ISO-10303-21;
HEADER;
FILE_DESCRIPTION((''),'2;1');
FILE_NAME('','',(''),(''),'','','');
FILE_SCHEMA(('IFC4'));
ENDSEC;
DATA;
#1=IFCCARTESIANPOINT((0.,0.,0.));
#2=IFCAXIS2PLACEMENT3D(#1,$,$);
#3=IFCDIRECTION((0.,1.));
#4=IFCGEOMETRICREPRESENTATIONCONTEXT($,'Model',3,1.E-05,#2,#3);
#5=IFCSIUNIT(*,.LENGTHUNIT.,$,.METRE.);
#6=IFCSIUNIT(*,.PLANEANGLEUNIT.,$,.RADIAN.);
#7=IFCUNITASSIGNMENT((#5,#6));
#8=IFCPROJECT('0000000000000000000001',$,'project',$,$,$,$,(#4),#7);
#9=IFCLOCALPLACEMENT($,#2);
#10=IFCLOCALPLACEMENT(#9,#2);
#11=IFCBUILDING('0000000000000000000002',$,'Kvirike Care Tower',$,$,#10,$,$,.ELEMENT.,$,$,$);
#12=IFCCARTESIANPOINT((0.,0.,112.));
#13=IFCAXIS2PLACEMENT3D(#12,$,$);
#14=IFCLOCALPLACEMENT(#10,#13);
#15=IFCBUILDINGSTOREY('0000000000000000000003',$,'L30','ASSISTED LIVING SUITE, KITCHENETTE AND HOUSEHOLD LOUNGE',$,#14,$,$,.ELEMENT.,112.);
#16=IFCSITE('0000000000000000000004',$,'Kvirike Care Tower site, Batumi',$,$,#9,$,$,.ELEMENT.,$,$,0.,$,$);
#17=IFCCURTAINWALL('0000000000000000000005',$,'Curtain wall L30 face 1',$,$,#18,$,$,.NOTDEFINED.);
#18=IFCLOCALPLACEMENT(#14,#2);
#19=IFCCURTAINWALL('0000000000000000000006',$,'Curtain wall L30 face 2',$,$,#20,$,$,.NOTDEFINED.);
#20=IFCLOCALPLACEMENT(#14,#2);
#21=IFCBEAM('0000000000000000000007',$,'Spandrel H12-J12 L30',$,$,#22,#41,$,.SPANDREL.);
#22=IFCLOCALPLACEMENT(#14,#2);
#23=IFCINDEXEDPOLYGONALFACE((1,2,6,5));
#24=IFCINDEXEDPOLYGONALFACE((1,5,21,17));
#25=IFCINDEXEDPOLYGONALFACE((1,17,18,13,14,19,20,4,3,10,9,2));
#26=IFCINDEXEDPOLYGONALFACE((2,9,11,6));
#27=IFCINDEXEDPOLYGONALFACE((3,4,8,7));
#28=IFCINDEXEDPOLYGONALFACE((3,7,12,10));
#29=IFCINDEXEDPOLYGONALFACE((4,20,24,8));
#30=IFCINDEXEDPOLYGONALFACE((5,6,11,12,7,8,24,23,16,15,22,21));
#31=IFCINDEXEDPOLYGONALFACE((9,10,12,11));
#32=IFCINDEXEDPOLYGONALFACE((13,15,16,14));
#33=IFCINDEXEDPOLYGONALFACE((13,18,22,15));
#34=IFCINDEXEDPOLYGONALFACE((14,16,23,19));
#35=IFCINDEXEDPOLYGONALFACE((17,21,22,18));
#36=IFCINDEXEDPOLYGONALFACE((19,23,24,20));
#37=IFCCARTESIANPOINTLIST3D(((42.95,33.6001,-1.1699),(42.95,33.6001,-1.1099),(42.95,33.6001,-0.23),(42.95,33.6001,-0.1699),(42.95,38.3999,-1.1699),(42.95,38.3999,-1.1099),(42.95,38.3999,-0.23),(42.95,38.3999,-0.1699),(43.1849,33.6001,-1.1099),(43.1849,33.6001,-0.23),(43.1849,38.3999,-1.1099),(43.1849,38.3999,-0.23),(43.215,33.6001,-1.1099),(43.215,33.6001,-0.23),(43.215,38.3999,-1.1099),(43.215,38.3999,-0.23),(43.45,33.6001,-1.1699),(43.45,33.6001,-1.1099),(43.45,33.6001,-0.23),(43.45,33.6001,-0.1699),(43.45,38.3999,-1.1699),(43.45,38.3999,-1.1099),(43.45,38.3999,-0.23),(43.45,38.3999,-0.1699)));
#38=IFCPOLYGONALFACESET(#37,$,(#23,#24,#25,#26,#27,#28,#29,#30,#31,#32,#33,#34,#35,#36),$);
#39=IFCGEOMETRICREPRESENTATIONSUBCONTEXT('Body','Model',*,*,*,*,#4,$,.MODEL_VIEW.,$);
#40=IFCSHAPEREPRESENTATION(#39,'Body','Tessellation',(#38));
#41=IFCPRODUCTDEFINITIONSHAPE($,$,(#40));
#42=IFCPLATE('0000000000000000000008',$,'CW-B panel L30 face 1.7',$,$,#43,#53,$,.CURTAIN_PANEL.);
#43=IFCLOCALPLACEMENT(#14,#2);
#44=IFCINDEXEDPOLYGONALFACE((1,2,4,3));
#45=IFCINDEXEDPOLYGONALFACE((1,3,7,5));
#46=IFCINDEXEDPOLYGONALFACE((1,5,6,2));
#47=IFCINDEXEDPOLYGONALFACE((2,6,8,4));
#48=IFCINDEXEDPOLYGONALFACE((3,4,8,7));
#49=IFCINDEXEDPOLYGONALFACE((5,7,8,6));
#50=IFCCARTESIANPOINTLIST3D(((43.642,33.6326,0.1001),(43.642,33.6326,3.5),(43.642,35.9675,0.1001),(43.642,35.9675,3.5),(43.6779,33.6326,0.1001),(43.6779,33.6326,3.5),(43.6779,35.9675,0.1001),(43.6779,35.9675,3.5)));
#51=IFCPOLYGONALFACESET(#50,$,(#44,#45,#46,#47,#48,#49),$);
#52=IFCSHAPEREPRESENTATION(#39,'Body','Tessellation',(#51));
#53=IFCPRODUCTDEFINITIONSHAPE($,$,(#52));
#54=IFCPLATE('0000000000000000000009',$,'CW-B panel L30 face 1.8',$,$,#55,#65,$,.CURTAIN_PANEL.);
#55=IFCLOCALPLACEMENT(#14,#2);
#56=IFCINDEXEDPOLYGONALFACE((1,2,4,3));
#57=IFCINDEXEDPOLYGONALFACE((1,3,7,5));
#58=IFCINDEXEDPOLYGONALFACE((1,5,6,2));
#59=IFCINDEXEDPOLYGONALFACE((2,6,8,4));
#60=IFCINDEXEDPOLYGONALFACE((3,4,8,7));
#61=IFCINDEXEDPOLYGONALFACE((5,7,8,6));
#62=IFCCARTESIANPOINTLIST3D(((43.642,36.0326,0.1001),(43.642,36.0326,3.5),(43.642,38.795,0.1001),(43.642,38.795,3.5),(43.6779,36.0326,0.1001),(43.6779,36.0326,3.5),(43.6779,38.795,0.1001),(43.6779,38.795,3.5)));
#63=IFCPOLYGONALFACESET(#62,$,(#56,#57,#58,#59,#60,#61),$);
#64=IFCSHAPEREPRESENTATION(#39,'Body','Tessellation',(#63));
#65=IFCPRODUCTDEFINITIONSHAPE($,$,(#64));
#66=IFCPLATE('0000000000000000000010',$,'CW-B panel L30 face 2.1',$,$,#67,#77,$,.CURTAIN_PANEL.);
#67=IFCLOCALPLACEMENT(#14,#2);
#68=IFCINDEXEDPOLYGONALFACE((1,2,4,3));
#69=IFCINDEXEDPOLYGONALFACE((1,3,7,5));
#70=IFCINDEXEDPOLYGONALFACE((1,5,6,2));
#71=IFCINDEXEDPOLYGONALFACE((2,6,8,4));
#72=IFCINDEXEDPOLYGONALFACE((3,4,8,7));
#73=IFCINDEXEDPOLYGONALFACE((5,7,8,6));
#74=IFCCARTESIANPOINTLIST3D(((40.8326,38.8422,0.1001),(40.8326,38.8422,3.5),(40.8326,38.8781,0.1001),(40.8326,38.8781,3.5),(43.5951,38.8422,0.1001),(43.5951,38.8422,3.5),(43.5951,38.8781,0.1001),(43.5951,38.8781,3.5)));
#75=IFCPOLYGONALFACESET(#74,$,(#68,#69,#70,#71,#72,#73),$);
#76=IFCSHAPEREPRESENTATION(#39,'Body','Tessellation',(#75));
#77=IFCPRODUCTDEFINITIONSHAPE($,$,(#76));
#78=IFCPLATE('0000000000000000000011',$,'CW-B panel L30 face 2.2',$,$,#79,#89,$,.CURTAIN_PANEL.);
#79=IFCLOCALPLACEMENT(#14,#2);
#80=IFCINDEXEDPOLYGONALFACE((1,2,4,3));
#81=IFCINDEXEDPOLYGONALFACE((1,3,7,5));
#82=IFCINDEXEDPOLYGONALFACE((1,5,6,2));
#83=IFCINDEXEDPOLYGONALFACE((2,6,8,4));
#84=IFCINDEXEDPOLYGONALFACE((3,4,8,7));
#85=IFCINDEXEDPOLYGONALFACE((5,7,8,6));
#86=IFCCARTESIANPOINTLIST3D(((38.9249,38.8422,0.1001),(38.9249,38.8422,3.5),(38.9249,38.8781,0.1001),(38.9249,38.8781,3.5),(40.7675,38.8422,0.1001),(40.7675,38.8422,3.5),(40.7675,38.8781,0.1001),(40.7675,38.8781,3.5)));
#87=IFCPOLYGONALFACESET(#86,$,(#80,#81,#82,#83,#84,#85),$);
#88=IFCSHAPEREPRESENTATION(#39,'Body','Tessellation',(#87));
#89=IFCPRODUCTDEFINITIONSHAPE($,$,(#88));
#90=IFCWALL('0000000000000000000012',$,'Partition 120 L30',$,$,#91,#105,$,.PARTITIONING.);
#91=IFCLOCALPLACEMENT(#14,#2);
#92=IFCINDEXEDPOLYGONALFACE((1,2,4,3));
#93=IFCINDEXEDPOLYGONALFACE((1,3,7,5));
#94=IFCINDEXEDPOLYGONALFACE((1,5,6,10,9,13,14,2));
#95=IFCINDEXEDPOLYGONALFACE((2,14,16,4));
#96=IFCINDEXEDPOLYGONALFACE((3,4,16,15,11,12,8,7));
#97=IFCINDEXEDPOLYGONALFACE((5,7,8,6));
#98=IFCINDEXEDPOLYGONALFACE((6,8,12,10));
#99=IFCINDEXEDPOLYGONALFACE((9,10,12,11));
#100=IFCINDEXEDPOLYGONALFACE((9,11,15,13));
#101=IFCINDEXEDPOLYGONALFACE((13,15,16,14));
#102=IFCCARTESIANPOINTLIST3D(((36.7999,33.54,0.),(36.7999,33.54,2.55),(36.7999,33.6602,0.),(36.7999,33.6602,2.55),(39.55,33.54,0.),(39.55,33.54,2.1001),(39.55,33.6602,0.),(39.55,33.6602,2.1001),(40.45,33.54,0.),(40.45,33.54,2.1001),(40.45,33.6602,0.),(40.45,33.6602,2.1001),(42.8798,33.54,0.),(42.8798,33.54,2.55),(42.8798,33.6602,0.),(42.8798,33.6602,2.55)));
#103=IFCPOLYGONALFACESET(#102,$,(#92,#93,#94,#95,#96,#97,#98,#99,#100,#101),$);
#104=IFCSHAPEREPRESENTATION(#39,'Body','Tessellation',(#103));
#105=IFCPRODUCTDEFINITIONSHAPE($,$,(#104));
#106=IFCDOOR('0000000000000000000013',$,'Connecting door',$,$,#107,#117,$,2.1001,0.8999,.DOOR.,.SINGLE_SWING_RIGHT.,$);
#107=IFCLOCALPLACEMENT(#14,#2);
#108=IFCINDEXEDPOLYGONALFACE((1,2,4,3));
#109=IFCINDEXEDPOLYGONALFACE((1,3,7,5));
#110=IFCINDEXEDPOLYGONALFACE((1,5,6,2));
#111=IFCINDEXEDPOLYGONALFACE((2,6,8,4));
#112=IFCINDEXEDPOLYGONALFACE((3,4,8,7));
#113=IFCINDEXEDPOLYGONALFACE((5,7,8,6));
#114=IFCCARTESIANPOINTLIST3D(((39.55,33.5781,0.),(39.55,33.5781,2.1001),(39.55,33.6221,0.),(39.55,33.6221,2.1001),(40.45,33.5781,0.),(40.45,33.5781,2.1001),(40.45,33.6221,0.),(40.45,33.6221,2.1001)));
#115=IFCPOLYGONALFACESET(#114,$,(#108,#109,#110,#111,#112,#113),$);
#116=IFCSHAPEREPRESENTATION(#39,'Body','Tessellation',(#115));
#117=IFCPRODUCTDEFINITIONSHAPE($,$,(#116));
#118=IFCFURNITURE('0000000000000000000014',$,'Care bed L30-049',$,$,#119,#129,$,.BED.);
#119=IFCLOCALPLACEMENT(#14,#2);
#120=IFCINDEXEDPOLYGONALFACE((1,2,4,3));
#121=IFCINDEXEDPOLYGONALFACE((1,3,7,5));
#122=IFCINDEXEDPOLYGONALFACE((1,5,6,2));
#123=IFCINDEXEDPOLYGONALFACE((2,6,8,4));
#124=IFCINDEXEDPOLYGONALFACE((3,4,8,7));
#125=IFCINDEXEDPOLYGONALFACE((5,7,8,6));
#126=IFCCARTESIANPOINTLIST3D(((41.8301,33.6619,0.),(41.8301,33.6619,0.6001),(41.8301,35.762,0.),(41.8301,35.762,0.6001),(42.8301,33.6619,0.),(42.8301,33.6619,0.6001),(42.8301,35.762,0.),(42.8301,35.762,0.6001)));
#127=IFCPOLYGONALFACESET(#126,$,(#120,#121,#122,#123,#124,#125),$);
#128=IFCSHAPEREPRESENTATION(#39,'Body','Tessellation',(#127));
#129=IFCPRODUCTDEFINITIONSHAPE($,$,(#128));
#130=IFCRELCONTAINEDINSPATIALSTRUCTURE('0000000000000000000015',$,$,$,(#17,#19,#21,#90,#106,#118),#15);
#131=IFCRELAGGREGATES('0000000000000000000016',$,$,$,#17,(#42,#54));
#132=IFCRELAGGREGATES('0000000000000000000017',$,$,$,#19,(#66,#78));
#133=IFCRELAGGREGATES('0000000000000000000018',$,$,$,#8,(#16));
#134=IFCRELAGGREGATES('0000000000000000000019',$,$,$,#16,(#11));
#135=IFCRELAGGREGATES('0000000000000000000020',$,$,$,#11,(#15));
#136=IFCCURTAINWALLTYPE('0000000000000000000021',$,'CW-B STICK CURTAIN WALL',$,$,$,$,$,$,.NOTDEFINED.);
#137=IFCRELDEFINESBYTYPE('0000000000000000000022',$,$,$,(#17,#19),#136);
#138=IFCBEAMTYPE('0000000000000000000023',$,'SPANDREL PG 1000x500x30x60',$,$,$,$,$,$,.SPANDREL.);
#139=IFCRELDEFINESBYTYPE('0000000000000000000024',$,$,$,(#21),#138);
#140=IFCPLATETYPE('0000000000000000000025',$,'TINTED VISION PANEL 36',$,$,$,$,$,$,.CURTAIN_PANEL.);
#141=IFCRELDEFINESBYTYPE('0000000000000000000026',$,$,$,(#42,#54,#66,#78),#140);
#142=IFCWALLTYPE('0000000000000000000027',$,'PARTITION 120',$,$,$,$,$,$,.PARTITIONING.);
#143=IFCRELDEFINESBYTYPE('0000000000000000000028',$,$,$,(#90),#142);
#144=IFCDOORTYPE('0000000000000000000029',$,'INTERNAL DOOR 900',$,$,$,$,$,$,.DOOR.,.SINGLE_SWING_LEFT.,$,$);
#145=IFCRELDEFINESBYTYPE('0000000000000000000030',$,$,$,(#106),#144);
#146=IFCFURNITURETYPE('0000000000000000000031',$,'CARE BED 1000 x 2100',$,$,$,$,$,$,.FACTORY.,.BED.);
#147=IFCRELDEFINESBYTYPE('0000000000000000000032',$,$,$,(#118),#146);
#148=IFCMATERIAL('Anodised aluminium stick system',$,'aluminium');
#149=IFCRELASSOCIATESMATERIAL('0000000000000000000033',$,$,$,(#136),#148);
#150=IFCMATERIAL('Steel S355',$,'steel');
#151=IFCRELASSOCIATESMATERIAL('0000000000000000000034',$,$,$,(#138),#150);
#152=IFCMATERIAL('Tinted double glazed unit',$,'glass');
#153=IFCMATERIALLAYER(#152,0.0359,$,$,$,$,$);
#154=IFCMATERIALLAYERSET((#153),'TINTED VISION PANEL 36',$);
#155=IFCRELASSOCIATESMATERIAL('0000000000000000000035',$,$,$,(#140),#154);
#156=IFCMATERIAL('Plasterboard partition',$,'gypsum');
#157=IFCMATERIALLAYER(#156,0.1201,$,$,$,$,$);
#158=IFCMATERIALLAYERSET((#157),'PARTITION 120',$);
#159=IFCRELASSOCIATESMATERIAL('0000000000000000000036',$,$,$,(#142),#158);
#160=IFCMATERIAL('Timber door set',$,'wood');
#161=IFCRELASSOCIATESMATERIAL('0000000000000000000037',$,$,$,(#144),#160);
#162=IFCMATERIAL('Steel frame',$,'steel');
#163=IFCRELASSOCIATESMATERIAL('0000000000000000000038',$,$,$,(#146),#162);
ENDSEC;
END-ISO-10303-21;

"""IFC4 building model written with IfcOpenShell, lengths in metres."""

from ifc_helpers import new_model, si_unit, direction, frame, frame_2d, origin, origin_2d, place, context, subcontext, project, spatial, rectangle, i_section, extrude, material, layer, layer_set, material_profile, profile_set, type_object, element, fill, aggregate, save


model = new_model("IFC4")

# Units and contexts
model_context = context("Model", 3, precision=1e-05, world=origin(), true_north=direction((0.0, 1.0)))
body_context = subcontext(model_context, "Body", "Model", "MODEL_VIEW")
ifc_project = project(units=[si_unit("LENGTHUNIT", "METRE"), si_unit("PLANEANGLEUNIT", "RADIAN")], contexts=[model_context])

# Site, building, storey
site_placement = place(None, origin())
site = spatial("IfcSite", under=ifc_project, at=site_placement, Name="Kvirike Care Tower site, Batumi", CompositionType="ELEMENT", RefElevation=0.0)
building_placement = place(site_placement, origin())
building = spatial("IfcBuilding", under=site, at=building_placement, Name="Kvirike Care Tower", CompositionType="ELEMENT")
storey_placement = place(building_placement, frame((0.0, 0.0, 112.0)))
storey = spatial("IfcBuildingStorey", under=building, at=storey_placement, Name="L30", Description="ASSISTED LIVING SUITE, KITCHENETTE AND HOUSEHOLD LOUNGE", CompositionType="ELEMENT", Elevation=112.0)

# Curtain walls
ifc_material_1 = material(Name="Anodised aluminium stick system", Category="aluminium")
curtain_wall_type = type_object("IfcCurtainWallType", Name="CW-B STICK CURTAIN WALL", PredefinedType="NOTDEFINED", material=ifc_material_1)
curtain_wall_1_placement = place(storey_placement, origin())
curtain_wall_1 = element("IfcCurtainWall", 1, at=curtain_wall_1_placement, inside=storey, type_object=curtain_wall_type, Name="Curtain wall L30 face 1", PredefinedType="NOTDEFINED")
curtain_wall_2_placement = place(storey_placement, origin())
curtain_wall_2 = element("IfcCurtainWall", 2, at=curtain_wall_2_placement, inside=storey, type_object=curtain_wall_type, Name="Curtain wall L30 face 2", PredefinedType="NOTDEFINED")

# Beam
ifc_material_2 = material(Name="Steel S355", Category="steel")
ifc_material_profile_1 = material_profile(ifc_material_2, i_section(OverallWidth=0.5, OverallDepth=1.0, WebThickness=0.03, FlangeThickness=0.0601, at=origin_2d()), Name="PG 1000x500x30x60")
ifc_profile_set_1 = profile_set([ifc_material_profile_1], Name="Steel S355")
beam_type = type_object("IfcBeamType", Name="SPANDREL PG 1000x500x30x60", PredefinedType="SPANDREL", material=ifc_profile_set_1)
beam_placement = place(storey_placement, frame((43.2, 33.6001, -0.6699), z_axis=(0.0, 1.0, 0.0), x_axis=(-1.0, 0.0, 0.0)))
element("IfcBeam", 3, at=beam_placement, inside=storey, type_object=beam_type, Name="Spandrel H12-J12 L30", PredefinedType="SPANDREL", context=body_context, shape_type="SweptSolid", body=[
    extrude(i_section(OverallWidth=0.5, OverallDepth=1.0, WebThickness=0.03, FlangeThickness=0.0601, at=origin_2d()), origin(), (0.0, 0.0, 1.0), 4.7998),
])

# Plates
ifc_material_3 = material(Name="Tinted double glazed unit", Category="glass")
ifc_layer_1 = layer(ifc_material_3, 0.0359)
ifc_layer_set_1 = layer_set([ifc_layer_1], Name="TINTED VISION PANEL 36")
plate_type = type_object("IfcPlateType", Name="TINTED VISION PANEL 36", PredefinedType="CURTAIN_PANEL", material=ifc_layer_set_1)
plate_1_placement = place(storey_placement, frame((43.6599, 34.8, 0.1001), z_axis=(0.0, 0.0, 1.0), x_axis=(0.0, 1.0, 0.0)))
plate_1 = element("IfcPlate", 4, at=plate_1_placement, type_object=plate_type, Name="CW-B panel L30 face 1.7", PredefinedType="CURTAIN_PANEL", context=body_context, shape_type="SweptSolid", body=[
    extrude(rectangle(XDim=2.335, YDim=0.0359, at=origin_2d()), origin(), (0.0, 0.0, 1.0), 3.3999),
])
plate_2_placement = place(storey_placement, frame((43.6599, 37.4138, 0.1001), z_axis=(0.0, 0.0, 1.0), x_axis=(0.0, 1.0, 0.0)))
plate_2 = element("IfcPlate", 5, at=plate_2_placement, type_object=plate_type, Name="CW-B panel L30 face 1.8", PredefinedType="CURTAIN_PANEL", context=body_context, shape_type="SweptSolid", body=[
    extrude(rectangle(XDim=2.7625, YDim=0.0359, at=origin_2d()), origin(), (0.0, 0.0, 1.0), 3.3999),
])
aggregate(curtain_wall_1, [plate_1, plate_2])
plate_3_placement = place(storey_placement, frame((42.2139, 38.8601, 0.1001), z_axis=(0.0, 0.0, 1.0), x_axis=(-1.0, 0.0, 0.0)))
plate_3 = element("IfcPlate", 6, at=plate_3_placement, type_object=plate_type, Name="CW-B panel L30 face 2.1", PredefinedType="CURTAIN_PANEL", context=body_context, shape_type="SweptSolid", body=[
    extrude(rectangle(XDim=2.7625, YDim=0.0359, at=origin_2d()), origin(), (0.0, 0.0, 1.0), 3.3999),
])
plate_4_placement = place(storey_placement, frame((39.8462, 38.8601, 0.1001), z_axis=(0.0, 0.0, 1.0), x_axis=(-1.0, 0.0, 0.0)))
plate_4 = element("IfcPlate", 7, at=plate_4_placement, type_object=plate_type, Name="CW-B panel L30 face 2.2", PredefinedType="CURTAIN_PANEL", context=body_context, shape_type="SweptSolid", body=[
    extrude(rectangle(XDim=1.8425, YDim=0.0359, at=origin_2d()), origin(), (0.0, 0.0, 1.0), 3.3999),
])
aggregate(curtain_wall_2, [plate_3, plate_4])

# Wall, opening, door
ifc_material_4 = material(Name="Plasterboard partition", Category="gypsum")
ifc_layer_2 = layer(ifc_material_4, 0.1201)
ifc_layer_set_2 = layer_set([ifc_layer_2], Name="PARTITION 120")
wall_type = type_object("IfcWallType", Name="PARTITION 120", PredefinedType="PARTITIONING", material=ifc_layer_set_2)
wall_placement = place(storey_placement, frame((42.8799, 33.6001, 0.0), z_axis=(0.0, 0.0, 1.0), x_axis=(-1.0, 0.0, 0.0)))
wall = element("IfcWall", 8, at=wall_placement, inside=storey, type_object=wall_type, Name="Partition 120 L30", PredefinedType="PARTITIONING", context=body_context, shape_type="SweptSolid", body=[
    extrude(rectangle(XDim=6.0798, YDim=0.1201, at=frame_2d((3.04, 0.0))), origin(), (0.0, 0.0, 1.0), 2.55),
])
opening_placement = place(wall_placement, frame((2.4299, 0.0, 0.0)))
opening = element("IfcOpeningElement", 9, at=opening_placement, cuts=wall, PredefinedType="OPENING", context=body_context, shape_type="SweptSolid", body=[
    extrude(rectangle(XDim=0.8999, YDim=2.1001, at=frame_2d((0.45, 1.05))), frame((0.0, 0.0706, 0.0), z_axis=(0.0, -1.0, 0.0), x_axis=(1.0, 0.0, 0.0)), (0.0, 0.0, 1.0), 0.1411),
])
ifc_material_5 = material(Name="Timber door set", Category="wood")
door_type = type_object("IfcDoorType", Name="INTERNAL DOOR 900", OperationType="SINGLE_SWING_LEFT", PredefinedType="DOOR", material=ifc_material_5)
door_placement = place(opening_placement, origin())
door = element("IfcDoor", 10, at=door_placement, inside=storey, type_object=door_type, Name="Connecting door", OperationType="SINGLE_SWING_RIGHT", OverallHeight=2.1001, OverallWidth=0.8999, PredefinedType="DOOR", context=body_context, shape_type="SweptSolid", body=[
    extrude(rectangle(XDim=0.8999, YDim=2.1001, at=frame_2d((0.45, 1.05))), frame((0.0, 0.022, 0.0), z_axis=(0.0, -1.0, 0.0), x_axis=(1.0, 0.0, 0.0)), (0.0, 0.0, 1.0), 0.0439),
])
fill(opening, door)

# Furniture
ifc_material_6 = material(Name="Steel frame", Category="steel")
furniture_type = type_object("IfcFurnitureType", Name="CARE BED 1000 x 2100", AssemblyPlace="FACTORY", PredefinedType="BED", material=ifc_material_6)
furniture_placement = place(storey_placement, frame((42.3301, 34.7119, 0.0), z_axis=(0.0, 0.0, 1.0), x_axis=(-1.0, 0.0, 0.0)))
element("IfcFurniture", 11, at=furniture_placement, inside=storey, type_object=furniture_type, Name="Care bed L30-049", PredefinedType="BED", context=body_context, shape_type="SweptSolid", body=[
    extrude(rectangle(XDim=1.0, YDim=2.1001, at=origin_2d()), origin(), (0.0, 0.0, 1.0), 0.6001),
])

save(model, "model.ifc")
